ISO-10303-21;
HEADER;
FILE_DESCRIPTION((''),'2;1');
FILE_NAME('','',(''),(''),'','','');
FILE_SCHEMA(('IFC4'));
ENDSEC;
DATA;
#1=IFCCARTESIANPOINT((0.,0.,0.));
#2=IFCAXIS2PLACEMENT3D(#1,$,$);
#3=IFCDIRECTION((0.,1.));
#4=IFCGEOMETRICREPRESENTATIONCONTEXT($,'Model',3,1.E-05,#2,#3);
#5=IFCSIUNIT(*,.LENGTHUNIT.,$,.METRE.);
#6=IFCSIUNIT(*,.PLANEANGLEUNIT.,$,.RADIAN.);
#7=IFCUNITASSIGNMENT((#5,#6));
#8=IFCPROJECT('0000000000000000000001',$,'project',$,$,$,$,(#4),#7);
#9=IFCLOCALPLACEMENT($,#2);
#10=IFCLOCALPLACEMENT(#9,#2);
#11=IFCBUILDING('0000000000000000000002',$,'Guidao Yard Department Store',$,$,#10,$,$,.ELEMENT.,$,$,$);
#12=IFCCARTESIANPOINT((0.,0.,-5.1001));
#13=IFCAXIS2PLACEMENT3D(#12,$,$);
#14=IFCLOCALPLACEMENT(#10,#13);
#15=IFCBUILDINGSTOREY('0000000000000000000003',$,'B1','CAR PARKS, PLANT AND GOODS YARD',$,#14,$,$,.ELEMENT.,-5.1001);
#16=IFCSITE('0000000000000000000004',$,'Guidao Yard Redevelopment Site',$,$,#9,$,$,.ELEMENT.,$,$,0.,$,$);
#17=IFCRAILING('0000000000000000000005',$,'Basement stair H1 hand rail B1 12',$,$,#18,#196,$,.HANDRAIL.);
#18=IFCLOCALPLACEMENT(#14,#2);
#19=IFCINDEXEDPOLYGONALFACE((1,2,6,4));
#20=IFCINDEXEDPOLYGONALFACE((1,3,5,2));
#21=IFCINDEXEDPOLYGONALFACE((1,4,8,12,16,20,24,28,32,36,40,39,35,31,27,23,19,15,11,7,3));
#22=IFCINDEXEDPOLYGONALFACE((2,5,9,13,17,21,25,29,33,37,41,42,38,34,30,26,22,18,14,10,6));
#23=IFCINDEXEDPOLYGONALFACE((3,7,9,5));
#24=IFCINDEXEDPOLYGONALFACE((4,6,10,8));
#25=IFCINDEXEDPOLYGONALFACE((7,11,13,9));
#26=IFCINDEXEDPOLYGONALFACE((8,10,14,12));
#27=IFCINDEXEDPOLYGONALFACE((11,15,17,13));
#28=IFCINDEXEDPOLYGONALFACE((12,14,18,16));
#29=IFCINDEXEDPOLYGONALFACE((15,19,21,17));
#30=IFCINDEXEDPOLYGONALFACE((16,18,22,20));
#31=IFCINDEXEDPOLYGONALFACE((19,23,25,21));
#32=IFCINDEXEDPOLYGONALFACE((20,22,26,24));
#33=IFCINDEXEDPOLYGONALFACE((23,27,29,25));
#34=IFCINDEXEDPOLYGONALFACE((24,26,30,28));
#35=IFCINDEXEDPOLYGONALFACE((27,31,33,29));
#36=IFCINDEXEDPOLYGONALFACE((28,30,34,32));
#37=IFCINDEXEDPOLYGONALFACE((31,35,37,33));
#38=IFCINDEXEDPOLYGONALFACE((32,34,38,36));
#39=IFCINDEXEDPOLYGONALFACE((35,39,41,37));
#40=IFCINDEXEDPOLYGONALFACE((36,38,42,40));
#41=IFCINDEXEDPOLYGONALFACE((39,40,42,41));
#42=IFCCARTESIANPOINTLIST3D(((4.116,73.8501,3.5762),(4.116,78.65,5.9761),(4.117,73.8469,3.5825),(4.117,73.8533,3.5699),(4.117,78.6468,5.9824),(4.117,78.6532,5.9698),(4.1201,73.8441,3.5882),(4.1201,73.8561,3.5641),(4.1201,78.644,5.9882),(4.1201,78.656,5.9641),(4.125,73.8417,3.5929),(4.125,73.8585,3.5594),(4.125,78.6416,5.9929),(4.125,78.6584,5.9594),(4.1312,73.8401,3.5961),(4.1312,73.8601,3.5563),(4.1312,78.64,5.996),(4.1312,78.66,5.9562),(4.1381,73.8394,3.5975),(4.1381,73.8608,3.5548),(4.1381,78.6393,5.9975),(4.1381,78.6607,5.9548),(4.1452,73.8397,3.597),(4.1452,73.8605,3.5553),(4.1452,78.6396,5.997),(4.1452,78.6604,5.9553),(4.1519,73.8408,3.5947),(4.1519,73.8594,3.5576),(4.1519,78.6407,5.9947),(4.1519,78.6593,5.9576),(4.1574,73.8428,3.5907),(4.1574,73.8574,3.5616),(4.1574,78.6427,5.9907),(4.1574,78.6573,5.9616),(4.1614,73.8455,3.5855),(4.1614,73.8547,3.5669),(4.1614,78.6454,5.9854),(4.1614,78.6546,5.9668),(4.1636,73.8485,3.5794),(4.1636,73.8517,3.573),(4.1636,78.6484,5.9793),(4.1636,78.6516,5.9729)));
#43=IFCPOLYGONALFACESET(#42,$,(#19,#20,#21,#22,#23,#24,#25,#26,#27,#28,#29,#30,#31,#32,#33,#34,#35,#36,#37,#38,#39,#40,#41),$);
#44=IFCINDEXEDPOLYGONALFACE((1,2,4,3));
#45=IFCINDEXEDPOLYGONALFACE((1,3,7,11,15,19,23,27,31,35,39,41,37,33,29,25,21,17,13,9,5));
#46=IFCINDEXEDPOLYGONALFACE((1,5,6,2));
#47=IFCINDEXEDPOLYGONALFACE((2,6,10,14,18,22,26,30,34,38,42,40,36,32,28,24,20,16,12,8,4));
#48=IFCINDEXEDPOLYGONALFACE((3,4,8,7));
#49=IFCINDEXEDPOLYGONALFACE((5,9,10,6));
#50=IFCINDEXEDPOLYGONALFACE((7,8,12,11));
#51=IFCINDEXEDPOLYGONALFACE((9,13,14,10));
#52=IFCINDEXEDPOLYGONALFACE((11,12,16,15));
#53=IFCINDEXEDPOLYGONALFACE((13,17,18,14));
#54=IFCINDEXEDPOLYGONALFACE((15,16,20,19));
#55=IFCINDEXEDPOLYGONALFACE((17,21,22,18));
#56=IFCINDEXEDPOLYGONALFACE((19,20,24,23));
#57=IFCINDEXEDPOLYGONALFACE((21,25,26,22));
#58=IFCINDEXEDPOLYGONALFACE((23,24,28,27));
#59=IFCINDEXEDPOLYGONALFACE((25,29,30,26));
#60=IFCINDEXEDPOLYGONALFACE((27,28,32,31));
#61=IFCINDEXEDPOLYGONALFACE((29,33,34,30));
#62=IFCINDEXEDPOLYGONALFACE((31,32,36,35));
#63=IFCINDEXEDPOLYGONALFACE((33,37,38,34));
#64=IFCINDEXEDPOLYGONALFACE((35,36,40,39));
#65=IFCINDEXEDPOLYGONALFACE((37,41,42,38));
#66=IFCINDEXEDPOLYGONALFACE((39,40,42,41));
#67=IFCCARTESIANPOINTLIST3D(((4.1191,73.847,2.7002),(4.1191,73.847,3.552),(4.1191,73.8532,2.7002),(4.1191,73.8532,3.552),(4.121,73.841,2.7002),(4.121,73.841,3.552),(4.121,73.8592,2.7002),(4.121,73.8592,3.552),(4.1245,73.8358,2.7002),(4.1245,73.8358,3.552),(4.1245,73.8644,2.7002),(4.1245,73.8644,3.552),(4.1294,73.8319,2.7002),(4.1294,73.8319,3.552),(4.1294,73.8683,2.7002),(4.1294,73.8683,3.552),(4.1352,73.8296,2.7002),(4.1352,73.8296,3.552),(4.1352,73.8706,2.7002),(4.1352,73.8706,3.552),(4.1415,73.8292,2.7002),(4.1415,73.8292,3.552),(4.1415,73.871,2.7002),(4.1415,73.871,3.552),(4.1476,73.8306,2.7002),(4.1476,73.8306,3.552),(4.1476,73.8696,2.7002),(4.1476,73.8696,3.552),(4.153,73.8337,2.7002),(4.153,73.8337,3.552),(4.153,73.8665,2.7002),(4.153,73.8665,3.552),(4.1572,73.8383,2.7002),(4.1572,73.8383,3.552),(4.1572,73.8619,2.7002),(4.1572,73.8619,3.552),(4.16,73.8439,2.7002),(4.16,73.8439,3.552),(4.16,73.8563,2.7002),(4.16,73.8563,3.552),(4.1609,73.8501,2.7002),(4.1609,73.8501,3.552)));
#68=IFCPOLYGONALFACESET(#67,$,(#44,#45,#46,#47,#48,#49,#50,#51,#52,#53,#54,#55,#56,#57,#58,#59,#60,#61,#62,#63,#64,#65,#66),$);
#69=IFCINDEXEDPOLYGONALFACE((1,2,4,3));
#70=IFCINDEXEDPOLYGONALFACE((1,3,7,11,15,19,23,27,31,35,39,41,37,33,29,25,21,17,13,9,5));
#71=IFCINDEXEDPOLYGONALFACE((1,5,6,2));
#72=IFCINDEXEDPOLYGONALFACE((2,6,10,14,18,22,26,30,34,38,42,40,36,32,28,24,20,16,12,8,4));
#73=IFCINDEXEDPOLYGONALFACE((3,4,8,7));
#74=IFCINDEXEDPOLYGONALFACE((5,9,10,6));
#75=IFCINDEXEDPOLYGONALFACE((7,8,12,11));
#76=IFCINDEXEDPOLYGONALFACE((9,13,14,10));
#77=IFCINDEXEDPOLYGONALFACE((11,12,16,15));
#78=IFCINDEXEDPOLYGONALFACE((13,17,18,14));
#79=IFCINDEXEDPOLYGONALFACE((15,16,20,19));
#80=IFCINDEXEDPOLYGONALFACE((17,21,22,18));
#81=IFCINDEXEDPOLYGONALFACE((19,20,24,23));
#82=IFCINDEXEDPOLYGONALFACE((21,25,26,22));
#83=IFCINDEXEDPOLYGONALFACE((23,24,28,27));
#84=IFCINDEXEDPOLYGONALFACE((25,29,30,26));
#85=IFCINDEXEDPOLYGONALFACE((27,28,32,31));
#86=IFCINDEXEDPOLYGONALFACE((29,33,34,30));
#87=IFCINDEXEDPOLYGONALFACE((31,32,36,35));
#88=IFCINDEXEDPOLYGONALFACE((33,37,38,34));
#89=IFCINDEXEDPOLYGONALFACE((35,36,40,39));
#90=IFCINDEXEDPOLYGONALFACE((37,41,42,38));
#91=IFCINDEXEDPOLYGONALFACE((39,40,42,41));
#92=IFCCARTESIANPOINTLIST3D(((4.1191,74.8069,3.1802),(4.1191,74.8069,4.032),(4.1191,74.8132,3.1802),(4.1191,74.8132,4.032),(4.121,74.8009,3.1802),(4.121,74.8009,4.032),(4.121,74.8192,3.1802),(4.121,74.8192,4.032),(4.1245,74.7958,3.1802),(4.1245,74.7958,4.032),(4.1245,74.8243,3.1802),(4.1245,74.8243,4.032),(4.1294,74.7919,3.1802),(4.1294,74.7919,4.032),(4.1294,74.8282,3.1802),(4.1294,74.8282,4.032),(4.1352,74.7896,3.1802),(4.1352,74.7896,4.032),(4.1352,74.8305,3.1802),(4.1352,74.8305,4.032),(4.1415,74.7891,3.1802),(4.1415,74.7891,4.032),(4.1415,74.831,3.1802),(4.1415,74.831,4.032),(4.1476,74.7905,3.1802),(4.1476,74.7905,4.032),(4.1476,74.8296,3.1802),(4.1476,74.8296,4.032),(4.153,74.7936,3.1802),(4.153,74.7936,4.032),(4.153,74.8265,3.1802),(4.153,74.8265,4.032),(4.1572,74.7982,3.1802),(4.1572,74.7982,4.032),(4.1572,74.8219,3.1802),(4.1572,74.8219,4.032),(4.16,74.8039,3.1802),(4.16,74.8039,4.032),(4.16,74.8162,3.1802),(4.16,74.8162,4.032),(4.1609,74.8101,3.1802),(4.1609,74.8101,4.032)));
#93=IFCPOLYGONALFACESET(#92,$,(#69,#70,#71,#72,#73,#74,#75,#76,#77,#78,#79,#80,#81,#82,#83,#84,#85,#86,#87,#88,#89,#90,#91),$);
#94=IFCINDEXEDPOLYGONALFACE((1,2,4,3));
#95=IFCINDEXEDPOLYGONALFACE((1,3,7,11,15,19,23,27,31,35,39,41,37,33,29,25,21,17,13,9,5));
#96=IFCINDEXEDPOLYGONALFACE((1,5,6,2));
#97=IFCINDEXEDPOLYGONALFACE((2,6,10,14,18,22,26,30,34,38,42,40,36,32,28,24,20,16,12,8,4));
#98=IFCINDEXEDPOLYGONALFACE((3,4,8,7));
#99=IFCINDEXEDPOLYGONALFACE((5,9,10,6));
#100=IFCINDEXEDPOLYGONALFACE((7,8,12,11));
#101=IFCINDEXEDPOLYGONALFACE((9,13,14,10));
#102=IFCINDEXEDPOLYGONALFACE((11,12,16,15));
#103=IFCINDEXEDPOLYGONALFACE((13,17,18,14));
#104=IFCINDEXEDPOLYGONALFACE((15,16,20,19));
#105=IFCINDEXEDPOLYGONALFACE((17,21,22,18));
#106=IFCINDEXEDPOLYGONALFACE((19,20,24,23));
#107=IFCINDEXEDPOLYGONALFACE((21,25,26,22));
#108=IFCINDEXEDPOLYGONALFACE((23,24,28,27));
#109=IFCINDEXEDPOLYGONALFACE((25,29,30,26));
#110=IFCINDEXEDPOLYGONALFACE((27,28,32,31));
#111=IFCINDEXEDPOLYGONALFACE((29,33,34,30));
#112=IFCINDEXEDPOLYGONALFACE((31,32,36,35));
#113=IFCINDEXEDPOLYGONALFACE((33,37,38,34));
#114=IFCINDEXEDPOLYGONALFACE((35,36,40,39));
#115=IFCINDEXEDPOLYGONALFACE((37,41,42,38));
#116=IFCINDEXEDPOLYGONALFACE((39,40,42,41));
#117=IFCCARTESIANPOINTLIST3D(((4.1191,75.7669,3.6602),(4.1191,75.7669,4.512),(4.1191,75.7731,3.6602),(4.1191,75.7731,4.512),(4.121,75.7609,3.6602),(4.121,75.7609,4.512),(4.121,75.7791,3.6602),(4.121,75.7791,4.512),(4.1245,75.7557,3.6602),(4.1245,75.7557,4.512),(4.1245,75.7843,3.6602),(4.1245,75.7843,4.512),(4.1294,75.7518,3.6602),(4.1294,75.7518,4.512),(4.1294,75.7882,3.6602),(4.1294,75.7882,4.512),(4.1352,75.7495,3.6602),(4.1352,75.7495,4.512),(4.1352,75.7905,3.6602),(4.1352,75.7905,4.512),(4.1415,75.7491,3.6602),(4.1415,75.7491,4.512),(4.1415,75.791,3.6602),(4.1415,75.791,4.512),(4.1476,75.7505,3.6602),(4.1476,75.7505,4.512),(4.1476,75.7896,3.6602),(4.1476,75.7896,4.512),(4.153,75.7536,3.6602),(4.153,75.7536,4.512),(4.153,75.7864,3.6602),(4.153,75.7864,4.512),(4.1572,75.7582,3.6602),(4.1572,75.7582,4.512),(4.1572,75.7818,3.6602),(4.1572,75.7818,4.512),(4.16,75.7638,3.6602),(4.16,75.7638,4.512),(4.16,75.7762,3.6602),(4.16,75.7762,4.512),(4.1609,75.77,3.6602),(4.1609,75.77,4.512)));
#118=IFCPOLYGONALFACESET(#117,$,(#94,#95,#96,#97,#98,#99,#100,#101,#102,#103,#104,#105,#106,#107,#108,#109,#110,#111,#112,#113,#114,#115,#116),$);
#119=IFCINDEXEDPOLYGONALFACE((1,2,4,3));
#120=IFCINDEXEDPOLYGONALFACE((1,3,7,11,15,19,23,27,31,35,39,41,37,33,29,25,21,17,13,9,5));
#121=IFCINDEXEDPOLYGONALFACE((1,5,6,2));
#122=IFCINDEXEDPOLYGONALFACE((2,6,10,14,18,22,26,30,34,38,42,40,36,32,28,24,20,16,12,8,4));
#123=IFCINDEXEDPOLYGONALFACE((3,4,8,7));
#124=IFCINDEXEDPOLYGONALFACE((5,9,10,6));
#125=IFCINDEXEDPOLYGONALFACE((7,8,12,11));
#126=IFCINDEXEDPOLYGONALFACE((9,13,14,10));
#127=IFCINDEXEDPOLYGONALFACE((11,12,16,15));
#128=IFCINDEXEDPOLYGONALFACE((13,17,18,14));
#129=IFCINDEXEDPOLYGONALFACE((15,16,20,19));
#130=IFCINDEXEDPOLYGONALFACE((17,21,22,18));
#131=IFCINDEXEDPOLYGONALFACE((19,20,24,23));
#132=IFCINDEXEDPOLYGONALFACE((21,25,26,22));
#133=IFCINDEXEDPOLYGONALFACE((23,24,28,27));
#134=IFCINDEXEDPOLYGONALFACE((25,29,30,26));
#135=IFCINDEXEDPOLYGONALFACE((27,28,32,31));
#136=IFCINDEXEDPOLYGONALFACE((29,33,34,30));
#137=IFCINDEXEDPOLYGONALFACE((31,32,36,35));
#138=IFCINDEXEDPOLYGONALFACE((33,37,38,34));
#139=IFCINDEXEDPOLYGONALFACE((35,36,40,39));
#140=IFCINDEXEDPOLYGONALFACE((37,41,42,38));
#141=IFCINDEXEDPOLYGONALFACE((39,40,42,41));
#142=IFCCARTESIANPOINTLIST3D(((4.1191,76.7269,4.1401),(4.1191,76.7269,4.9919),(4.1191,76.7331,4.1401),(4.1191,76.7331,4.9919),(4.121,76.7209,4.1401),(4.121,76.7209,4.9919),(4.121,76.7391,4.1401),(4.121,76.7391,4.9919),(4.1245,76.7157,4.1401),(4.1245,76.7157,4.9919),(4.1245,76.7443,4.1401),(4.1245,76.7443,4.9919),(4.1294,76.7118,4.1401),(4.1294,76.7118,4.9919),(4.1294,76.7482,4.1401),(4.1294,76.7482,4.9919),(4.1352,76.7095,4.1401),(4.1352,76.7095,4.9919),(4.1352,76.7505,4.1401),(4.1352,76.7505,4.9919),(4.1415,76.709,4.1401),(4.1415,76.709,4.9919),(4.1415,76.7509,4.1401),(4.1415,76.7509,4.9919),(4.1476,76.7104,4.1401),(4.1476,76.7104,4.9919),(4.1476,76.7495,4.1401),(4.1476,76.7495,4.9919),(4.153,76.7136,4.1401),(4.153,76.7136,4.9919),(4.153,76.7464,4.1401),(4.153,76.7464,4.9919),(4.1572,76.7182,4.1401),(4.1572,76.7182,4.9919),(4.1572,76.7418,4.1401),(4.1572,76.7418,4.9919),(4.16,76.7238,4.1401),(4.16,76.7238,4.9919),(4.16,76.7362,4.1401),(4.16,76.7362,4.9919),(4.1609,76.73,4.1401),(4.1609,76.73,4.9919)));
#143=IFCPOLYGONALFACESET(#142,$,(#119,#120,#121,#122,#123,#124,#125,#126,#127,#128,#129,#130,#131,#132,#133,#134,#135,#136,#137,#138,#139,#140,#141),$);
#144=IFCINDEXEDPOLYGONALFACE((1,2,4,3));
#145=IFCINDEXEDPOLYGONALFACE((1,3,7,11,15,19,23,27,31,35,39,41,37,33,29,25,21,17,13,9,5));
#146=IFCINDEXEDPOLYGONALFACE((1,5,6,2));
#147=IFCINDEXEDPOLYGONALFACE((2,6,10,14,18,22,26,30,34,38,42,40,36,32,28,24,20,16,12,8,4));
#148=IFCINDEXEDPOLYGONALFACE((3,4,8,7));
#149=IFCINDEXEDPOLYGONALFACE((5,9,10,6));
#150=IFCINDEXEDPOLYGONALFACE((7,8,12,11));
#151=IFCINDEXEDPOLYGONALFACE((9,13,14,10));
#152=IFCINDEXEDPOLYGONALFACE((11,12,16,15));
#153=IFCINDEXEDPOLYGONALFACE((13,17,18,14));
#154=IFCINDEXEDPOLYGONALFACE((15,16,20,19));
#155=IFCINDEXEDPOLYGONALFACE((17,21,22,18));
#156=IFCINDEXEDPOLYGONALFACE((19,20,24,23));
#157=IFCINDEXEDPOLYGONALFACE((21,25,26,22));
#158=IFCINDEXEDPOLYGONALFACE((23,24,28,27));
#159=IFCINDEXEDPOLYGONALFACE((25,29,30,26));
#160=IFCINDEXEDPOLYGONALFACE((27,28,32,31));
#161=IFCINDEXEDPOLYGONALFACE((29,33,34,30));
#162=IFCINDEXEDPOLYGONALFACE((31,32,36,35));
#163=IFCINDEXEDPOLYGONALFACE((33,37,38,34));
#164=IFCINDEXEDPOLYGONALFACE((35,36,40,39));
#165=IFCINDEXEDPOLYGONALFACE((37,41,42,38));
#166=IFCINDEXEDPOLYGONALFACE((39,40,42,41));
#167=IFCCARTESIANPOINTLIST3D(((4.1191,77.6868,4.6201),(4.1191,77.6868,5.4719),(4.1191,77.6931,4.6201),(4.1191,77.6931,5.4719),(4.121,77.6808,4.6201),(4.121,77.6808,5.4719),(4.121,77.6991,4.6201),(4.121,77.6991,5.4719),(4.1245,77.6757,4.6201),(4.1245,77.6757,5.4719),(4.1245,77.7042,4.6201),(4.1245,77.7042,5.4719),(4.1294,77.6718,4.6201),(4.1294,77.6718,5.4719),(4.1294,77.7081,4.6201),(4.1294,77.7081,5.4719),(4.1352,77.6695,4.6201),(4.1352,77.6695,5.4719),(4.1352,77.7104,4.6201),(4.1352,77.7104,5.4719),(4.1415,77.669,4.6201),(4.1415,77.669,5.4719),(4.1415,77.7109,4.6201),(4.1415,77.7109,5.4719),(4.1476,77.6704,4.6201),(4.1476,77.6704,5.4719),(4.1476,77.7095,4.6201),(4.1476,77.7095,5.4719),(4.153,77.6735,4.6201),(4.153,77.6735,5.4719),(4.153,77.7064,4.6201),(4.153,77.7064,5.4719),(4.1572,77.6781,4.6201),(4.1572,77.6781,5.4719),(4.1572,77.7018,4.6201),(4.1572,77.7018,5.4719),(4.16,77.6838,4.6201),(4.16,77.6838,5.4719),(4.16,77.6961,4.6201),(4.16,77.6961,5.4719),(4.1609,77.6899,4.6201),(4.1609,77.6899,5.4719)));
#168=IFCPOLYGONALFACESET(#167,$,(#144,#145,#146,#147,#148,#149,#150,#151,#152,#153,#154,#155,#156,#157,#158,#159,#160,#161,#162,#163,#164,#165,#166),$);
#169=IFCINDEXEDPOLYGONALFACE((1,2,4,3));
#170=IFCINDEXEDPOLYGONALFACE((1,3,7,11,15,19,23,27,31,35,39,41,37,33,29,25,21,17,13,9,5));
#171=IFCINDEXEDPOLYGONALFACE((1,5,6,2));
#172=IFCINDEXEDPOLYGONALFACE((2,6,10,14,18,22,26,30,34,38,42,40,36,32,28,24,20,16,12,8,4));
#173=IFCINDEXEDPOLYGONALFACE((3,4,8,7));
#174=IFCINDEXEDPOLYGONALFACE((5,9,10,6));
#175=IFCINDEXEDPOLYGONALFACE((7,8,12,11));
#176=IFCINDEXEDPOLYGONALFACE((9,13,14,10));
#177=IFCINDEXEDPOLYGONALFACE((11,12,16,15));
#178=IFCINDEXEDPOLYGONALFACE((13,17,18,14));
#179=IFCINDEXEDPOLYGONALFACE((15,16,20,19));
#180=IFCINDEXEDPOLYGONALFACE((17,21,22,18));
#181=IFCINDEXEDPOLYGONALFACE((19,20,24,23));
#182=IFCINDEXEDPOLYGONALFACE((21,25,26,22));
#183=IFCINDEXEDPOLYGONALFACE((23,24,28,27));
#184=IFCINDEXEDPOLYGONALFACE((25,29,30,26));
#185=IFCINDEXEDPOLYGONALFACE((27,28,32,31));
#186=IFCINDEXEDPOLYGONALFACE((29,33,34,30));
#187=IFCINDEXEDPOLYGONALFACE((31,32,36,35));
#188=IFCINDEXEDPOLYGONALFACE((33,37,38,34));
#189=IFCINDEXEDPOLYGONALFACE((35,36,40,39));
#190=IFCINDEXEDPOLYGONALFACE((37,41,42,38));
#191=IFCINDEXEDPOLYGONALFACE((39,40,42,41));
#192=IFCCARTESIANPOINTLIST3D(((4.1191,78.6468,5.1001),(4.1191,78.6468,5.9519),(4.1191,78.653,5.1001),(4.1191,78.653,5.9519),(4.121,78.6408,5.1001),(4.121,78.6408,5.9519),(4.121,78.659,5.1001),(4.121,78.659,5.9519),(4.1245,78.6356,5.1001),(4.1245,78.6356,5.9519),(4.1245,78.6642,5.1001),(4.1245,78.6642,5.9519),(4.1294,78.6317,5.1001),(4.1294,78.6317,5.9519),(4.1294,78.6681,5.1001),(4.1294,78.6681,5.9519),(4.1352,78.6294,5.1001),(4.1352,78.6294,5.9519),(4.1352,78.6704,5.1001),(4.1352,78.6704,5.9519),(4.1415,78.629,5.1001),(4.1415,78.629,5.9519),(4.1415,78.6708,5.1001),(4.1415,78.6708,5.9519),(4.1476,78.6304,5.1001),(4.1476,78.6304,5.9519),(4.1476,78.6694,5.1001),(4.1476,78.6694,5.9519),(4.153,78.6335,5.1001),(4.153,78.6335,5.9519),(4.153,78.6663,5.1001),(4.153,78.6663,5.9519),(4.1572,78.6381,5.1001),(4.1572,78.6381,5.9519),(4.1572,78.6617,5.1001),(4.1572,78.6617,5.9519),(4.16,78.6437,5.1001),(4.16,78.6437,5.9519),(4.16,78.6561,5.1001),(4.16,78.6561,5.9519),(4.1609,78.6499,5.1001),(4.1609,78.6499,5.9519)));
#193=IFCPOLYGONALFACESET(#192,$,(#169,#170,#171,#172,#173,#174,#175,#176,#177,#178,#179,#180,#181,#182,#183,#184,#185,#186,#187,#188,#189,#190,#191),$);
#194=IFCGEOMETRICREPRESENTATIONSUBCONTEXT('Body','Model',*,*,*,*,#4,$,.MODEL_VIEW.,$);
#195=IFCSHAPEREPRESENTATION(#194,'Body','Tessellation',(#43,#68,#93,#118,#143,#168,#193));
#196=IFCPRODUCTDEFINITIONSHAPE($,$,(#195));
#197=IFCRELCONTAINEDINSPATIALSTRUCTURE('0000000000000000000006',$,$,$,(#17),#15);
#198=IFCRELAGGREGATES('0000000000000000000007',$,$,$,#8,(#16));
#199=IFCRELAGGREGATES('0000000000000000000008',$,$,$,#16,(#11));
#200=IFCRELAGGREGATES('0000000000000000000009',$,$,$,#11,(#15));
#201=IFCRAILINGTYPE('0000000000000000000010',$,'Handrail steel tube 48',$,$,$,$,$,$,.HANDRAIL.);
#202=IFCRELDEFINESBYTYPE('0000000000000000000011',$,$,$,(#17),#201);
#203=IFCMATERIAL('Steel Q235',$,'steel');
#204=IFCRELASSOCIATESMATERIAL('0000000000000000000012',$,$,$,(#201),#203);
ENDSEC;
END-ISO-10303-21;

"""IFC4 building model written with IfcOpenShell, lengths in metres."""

from ifc_helpers import new_model, si_unit, direction, frame, origin, origin_2d, place, context, subcontext, project, spatial, circle, extrude, material, type_object, element, save


model = new_model("IFC4")

# Units and contexts
model_context = context("Model", 3, precision=1e-05, world=origin(), true_north=direction((0.0, 1.0)))
body_context = subcontext(model_context, "Body", "Model", "MODEL_VIEW")
ifc_project = project(units=[si_unit("LENGTHUNIT", "METRE"), si_unit("PLANEANGLEUNIT", "RADIAN")], contexts=[model_context])

# Site, building, storey
site_placement = place(None, origin())
site = spatial("IfcSite", under=ifc_project, at=site_placement, Name="Guidao Yard Redevelopment Site", CompositionType="ELEMENT", RefElevation=0.0)
building_placement = place(site_placement, origin())
building = spatial("IfcBuilding", under=site, at=building_placement, Name="Guidao Yard Department Store", CompositionType="ELEMENT")
storey_placement = place(building_placement, frame((0.0, 0.0, -5.1001)))
storey = spatial("IfcBuildingStorey", under=building, at=storey_placement, Name="B1", Description="CAR PARKS, PLANT AND GOODS YARD", CompositionType="ELEMENT", Elevation=-5.1001)

# Railing
ifc_material_1 = material(Name="Steel Q235", Category="steel")
railing_type_1 = type_object("IfcRailingType", Name="Handrail steel tube 48", PredefinedType="HANDRAIL", material=ifc_material_1)
for number, where, name in (
    (1, (4.1399, 73.8501, 2.7002), "Basement stair H1 hand rail B1 12"),
):
    element("IfcRailing", number, at=place(storey_placement, frame(where)), inside=storey, type_object=railing_type_1, Name=name, PredefinedType="HANDRAIL", context=body_context, shape_type="SweptSolid", body=[
        extrude(circle(Radius=0.0239, at=origin_2d()), frame((0.0, 0.0, 0.876), z_axis=(0.0, 0.894427, 0.447214), x_axis=(-1.0, 0.0, 0.0)), (0.0, 0.0, 1.0), 5.3665),
        extrude(circle(Radius=0.021, at=origin_2d()), origin(), (0.0, 0.0, 1.0), 0.8518),
        extrude(circle(Radius=0.021, at=origin_2d()), frame((0.0, 0.96, 0.48)), (0.0, 0.0, 1.0), 0.8518),
        extrude(circle(Radius=0.021, at=origin_2d()), frame((0.0, 1.9199, 0.96)), (0.0, 0.0, 1.0), 0.8518),
        extrude(circle(Radius=0.021, at=origin_2d()), frame((0.0, 2.8799, 1.4399)), (0.0, 0.0, 1.0), 0.8518),
        extrude(circle(Radius=0.021, at=origin_2d()), frame((0.0, 3.8398, 1.9199)), (0.0, 0.0, 1.0), 0.8518),
        extrude(circle(Radius=0.021, at=origin_2d()), frame((0.0, 4.7998, 2.3999)), (0.0, 0.0, 1.0), 0.8518),
    ])

save(model, "model.ifc")
